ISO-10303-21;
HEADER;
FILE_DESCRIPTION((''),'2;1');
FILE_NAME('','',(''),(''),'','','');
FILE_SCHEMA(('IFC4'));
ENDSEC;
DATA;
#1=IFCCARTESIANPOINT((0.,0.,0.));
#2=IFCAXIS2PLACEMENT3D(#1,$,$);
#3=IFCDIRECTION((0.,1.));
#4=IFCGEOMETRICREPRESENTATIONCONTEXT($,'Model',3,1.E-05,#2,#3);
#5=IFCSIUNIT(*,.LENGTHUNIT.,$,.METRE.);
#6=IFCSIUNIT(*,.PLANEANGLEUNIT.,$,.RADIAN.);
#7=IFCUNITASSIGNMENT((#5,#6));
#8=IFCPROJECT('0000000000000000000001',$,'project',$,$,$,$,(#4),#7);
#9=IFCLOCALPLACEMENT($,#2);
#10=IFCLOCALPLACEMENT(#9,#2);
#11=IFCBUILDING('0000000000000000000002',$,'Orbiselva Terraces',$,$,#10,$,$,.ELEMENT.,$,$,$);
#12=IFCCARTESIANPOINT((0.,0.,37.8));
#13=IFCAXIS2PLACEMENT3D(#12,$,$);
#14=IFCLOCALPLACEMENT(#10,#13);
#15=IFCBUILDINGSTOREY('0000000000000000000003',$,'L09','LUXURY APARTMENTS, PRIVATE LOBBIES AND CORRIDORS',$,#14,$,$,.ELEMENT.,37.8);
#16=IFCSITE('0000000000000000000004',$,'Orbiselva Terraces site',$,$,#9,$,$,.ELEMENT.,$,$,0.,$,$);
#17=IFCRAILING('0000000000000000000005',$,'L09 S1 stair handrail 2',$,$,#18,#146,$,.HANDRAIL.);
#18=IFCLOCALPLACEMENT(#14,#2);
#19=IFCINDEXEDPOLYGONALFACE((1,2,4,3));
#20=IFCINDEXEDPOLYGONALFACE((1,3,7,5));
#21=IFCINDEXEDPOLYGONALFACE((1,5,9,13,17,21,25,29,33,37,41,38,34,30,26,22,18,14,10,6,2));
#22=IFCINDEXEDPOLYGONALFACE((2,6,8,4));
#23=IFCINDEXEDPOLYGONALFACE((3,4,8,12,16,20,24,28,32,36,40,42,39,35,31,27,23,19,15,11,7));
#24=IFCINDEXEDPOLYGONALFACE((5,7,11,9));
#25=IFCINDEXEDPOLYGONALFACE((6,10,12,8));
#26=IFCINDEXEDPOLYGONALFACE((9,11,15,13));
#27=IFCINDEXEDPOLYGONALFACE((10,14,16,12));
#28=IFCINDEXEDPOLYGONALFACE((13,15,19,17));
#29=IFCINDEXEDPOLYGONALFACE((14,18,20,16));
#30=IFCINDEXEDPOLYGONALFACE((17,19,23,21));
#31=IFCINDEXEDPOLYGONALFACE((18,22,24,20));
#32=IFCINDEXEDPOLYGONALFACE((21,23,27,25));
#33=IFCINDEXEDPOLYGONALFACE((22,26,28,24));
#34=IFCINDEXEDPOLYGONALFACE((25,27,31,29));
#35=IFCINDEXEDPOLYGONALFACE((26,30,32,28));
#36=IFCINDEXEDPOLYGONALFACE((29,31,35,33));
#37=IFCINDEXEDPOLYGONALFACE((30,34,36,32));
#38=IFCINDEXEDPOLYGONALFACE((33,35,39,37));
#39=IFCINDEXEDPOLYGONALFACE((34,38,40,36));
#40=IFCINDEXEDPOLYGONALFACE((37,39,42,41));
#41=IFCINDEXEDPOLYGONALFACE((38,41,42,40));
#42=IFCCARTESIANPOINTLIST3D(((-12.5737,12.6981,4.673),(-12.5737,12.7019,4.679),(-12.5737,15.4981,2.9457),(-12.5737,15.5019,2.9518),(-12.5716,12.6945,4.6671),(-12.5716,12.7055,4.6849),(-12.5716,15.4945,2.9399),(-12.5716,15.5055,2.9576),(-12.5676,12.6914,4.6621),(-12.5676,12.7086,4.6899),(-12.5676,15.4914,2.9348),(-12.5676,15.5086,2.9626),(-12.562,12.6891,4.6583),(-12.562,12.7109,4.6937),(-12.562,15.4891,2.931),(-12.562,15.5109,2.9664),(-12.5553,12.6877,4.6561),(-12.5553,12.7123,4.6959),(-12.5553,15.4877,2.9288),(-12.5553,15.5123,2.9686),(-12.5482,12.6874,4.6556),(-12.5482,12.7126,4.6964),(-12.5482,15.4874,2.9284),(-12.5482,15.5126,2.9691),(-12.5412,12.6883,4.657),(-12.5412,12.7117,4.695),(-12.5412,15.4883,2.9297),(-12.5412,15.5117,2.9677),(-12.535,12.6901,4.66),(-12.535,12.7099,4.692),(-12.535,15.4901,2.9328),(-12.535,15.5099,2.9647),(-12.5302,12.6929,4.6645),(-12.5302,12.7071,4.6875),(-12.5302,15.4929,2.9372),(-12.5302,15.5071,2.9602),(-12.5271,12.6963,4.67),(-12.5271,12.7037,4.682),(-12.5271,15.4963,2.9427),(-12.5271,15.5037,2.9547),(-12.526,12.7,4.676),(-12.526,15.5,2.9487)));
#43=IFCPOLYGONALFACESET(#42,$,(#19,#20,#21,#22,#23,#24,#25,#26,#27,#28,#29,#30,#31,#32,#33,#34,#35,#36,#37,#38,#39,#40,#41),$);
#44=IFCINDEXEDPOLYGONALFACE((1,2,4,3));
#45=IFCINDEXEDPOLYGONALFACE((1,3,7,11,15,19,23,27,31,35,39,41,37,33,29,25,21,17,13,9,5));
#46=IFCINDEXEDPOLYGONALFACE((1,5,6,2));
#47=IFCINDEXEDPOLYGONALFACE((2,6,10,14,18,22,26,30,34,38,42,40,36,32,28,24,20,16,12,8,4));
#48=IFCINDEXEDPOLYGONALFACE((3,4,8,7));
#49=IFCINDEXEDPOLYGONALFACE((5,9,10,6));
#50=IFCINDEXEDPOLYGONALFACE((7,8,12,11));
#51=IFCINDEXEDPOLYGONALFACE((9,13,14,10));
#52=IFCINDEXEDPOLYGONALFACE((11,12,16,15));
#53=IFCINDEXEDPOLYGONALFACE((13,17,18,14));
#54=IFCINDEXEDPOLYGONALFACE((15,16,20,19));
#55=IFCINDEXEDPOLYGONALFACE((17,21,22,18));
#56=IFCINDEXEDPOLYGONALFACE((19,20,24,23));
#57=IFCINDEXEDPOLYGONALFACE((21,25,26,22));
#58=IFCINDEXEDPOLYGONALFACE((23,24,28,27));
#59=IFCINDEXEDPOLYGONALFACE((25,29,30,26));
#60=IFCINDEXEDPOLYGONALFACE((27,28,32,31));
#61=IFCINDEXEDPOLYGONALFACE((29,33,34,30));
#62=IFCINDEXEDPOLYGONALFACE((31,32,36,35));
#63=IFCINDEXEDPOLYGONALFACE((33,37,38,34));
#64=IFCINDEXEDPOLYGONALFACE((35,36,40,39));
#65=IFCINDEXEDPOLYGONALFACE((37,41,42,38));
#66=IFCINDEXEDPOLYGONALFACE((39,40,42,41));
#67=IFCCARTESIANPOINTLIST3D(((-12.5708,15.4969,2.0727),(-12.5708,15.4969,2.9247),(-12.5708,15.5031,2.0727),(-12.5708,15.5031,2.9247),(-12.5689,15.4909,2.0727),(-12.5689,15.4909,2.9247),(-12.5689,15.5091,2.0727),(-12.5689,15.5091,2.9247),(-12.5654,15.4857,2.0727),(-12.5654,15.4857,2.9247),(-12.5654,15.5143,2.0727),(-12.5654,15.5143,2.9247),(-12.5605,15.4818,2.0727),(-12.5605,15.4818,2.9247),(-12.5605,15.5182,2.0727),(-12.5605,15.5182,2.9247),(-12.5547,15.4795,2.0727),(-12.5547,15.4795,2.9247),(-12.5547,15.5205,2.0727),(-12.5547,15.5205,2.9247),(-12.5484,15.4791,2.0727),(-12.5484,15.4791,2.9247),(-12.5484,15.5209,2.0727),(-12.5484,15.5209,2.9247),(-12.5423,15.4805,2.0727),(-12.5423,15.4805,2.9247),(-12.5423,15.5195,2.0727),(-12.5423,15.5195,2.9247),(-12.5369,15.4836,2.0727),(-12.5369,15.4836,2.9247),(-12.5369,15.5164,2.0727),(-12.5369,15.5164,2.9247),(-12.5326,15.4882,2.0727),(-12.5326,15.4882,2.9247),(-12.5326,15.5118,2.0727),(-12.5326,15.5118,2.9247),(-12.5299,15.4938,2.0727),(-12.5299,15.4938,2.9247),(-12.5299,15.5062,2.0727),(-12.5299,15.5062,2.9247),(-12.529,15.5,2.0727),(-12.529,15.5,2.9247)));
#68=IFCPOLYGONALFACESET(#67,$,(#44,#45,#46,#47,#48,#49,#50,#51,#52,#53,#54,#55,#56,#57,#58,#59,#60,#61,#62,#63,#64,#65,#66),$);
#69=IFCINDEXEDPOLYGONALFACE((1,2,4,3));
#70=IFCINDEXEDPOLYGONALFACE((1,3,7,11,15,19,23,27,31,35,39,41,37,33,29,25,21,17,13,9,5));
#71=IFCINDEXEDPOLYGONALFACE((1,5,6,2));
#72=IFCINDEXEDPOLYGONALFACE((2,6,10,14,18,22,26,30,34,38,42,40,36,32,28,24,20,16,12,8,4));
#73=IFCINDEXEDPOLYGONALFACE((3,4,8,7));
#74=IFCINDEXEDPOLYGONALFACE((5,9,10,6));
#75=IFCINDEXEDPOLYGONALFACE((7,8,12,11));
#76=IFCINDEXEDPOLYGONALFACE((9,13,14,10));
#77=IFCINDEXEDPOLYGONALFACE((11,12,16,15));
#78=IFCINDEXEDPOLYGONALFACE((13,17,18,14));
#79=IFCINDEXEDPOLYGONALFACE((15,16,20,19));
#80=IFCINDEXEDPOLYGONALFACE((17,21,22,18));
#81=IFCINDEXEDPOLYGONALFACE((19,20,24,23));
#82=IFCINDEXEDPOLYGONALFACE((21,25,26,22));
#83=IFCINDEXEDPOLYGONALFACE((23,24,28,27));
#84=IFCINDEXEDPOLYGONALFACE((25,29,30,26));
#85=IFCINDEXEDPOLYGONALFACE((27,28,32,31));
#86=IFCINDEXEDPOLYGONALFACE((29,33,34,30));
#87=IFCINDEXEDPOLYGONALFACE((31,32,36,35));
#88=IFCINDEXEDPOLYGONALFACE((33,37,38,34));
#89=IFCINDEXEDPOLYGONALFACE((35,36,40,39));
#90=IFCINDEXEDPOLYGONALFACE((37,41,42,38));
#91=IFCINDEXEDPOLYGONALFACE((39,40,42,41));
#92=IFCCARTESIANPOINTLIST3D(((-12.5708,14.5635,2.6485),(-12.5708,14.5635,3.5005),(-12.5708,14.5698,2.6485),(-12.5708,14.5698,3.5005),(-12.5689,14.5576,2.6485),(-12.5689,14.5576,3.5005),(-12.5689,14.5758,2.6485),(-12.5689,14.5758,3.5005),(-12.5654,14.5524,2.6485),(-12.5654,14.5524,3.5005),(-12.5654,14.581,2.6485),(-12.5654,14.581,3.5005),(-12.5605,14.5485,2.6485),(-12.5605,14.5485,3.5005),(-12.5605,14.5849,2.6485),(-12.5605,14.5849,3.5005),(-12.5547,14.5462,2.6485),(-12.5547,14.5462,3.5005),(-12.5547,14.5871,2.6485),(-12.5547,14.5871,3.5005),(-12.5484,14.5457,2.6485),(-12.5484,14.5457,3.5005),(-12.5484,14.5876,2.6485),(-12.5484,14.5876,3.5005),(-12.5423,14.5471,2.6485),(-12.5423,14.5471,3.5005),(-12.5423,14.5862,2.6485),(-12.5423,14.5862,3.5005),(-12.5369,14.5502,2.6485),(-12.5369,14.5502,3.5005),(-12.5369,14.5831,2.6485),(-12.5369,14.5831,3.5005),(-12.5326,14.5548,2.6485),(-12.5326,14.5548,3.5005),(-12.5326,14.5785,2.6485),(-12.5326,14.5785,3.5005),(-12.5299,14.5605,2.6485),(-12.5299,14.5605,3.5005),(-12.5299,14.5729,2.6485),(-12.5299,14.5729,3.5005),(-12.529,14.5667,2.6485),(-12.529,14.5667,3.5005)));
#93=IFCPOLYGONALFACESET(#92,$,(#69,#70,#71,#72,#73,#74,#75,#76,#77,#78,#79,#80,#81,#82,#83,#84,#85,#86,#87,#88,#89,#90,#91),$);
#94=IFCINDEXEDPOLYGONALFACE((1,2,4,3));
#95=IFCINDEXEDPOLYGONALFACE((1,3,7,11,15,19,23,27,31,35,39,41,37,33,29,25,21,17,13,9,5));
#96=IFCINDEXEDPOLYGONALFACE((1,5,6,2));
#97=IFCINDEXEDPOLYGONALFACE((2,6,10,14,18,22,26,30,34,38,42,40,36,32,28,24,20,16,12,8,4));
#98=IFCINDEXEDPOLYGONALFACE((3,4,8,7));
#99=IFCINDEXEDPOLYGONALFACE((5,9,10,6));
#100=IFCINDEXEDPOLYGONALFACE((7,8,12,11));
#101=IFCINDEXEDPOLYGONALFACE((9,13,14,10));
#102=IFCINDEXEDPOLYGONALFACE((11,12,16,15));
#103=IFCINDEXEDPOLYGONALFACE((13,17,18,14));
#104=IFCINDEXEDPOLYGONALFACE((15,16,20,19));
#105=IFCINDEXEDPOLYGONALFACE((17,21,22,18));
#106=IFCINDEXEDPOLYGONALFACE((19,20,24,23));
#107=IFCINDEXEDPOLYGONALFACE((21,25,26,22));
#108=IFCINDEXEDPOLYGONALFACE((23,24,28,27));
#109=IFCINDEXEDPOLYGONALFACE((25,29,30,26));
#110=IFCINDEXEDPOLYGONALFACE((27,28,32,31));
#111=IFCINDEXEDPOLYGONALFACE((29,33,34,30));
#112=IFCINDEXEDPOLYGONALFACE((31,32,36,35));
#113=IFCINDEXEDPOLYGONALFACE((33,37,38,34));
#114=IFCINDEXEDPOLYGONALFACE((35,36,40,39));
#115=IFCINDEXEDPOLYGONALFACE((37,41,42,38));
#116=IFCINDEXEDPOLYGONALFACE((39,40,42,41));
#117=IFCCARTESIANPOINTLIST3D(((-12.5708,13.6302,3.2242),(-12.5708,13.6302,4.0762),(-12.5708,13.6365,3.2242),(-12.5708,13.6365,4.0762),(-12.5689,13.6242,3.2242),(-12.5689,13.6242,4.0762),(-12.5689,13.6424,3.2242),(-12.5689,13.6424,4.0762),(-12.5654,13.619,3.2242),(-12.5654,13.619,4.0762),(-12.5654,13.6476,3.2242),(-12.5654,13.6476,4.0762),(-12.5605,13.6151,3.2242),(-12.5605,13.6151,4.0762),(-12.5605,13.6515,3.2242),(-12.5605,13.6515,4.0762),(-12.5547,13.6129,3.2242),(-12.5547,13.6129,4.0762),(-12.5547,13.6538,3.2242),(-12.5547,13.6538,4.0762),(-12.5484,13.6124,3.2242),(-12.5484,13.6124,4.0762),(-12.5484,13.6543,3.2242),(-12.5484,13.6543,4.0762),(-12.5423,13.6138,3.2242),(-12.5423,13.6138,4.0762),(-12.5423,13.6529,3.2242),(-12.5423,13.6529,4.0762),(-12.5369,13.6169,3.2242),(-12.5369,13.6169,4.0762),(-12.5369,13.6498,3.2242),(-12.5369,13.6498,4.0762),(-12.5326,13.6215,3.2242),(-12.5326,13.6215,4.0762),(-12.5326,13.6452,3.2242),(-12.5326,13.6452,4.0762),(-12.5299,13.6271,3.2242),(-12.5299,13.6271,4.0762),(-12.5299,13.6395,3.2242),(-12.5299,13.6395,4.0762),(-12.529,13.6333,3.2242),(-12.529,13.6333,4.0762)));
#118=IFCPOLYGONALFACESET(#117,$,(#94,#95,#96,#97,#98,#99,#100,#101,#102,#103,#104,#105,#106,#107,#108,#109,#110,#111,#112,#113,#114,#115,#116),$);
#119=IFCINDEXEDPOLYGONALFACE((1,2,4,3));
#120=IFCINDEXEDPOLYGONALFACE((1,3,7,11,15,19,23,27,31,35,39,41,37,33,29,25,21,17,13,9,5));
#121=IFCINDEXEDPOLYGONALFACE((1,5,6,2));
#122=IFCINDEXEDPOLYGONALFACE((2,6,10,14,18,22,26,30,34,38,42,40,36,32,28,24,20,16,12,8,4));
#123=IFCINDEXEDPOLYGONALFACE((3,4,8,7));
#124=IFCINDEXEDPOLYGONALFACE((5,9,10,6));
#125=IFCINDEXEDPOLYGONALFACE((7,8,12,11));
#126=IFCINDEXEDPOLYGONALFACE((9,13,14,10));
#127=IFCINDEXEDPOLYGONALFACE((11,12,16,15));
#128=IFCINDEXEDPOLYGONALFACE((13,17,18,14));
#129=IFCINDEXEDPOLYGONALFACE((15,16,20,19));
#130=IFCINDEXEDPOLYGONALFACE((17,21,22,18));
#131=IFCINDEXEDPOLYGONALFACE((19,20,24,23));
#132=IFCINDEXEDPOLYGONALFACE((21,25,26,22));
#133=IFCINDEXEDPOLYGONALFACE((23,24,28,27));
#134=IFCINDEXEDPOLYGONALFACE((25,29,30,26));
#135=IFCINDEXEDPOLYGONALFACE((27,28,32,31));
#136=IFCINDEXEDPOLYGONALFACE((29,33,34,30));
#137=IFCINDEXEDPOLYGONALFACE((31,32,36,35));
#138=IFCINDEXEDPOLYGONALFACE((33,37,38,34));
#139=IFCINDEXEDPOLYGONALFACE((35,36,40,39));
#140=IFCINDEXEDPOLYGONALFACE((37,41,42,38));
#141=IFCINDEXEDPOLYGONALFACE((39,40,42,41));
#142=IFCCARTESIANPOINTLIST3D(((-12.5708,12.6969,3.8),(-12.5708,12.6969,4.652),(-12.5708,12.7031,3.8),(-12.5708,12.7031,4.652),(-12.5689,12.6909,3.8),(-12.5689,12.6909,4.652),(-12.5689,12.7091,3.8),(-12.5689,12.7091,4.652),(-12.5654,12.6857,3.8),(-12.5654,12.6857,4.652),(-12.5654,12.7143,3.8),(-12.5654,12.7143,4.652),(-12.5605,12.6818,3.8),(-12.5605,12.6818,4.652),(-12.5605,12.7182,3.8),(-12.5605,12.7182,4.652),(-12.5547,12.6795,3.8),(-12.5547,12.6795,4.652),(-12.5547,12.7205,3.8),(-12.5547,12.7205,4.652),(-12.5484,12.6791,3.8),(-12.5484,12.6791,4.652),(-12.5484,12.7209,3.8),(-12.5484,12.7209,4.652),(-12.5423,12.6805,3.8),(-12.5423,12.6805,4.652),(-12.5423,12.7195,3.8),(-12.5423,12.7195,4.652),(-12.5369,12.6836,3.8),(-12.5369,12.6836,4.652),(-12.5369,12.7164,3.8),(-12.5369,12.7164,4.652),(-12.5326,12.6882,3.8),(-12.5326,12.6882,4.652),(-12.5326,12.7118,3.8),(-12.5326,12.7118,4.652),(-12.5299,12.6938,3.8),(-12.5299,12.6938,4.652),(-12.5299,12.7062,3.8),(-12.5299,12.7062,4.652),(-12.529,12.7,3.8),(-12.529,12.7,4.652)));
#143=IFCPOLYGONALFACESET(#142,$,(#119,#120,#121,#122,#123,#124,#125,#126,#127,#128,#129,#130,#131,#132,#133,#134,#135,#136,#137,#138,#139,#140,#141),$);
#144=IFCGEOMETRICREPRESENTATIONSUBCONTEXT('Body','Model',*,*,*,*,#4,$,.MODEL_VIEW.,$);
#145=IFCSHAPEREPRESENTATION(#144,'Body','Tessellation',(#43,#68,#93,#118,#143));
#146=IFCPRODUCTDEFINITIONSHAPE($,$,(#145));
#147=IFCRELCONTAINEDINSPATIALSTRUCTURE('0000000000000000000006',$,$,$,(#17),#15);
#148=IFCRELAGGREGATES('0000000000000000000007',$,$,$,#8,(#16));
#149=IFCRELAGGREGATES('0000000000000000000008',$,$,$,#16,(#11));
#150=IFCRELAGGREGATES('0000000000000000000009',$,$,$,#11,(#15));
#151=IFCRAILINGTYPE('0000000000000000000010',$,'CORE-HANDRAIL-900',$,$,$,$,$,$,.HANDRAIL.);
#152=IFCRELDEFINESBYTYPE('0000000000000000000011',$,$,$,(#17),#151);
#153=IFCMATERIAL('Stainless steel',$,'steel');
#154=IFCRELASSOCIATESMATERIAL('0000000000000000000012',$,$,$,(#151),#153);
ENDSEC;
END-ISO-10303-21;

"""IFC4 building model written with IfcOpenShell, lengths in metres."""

from ifc_helpers import new_model, si_unit, direction, frame, origin, origin_2d, place, context, subcontext, project, spatial, circle, extrude, material, type_object, element, save


model = new_model("IFC4")

# Units and contexts
model_context = context("Model", 3, precision=1e-05, world=origin(), true_north=direction((0.0, 1.0)))
body_context = subcontext(model_context, "Body", "Model", "MODEL_VIEW")
ifc_project = project(units=[si_unit("LENGTHUNIT", "METRE"), si_unit("PLANEANGLEUNIT", "RADIAN")], contexts=[model_context])

# Site, building, storey
site_placement = place(None, origin())
site = spatial("IfcSite", under=ifc_project, at=site_placement, Name="Orbiselva Terraces site", CompositionType="ELEMENT", RefElevation=0.0)
building_placement = place(site_placement, origin())
building = spatial("IfcBuilding", under=site, at=building_placement, Name="Orbiselva Terraces", CompositionType="ELEMENT")
storey_placement = place(building_placement, frame((0.0, 0.0, 37.8)))
storey = spatial("IfcBuildingStorey", under=building, at=storey_placement, Name="L09", Description="LUXURY APARTMENTS, PRIVATE LOBBIES AND CORRIDORS", CompositionType="ELEMENT", Elevation=37.8)

# Railing
ifc_material_1 = material(Name="Stainless steel", Category="steel")
railing_type_1 = type_object("IfcRailingType", Name="CORE-HANDRAIL-900", PredefinedType="HANDRAIL", material=ifc_material_1)
railing_1_placement = place(storey_placement, frame((-12.55, 15.5, 2.0727)))
element("IfcRailing", 1, at=railing_1_placement, inside=storey, type_object=railing_type_1, Name="L09 S1 stair handrail 2", PredefinedType="HANDRAIL", context=body_context, shape_type="SweptSolid", body=[
    extrude(circle(Radius=0.024, at=origin_2d()), frame((0.0, 0.0, 0.876), z_axis=(0.0, -0.851089, 0.525022), x_axis=(1.0, 0.0, 0.0)), (0.0, 0.0, 1.0), 3.2899),
    extrude(circle(Radius=0.021, at=origin_2d()), origin(), (0.0, 0.0, 1.0), 0.852),
    extrude(circle(Radius=0.021, at=origin_2d()), frame((0.0, -0.9333, 0.5758)), (0.0, 0.0, 1.0), 0.852),
    extrude(circle(Radius=0.021, at=origin_2d()), frame((0.0, -1.8667, 1.1515)), (0.0, 0.0, 1.0), 0.852),
    extrude(circle(Radius=0.021, at=origin_2d()), frame((0.0, -2.8, 1.7273)), (0.0, 0.0, 1.0), 0.852),
])

save(model, "model.ifc")
